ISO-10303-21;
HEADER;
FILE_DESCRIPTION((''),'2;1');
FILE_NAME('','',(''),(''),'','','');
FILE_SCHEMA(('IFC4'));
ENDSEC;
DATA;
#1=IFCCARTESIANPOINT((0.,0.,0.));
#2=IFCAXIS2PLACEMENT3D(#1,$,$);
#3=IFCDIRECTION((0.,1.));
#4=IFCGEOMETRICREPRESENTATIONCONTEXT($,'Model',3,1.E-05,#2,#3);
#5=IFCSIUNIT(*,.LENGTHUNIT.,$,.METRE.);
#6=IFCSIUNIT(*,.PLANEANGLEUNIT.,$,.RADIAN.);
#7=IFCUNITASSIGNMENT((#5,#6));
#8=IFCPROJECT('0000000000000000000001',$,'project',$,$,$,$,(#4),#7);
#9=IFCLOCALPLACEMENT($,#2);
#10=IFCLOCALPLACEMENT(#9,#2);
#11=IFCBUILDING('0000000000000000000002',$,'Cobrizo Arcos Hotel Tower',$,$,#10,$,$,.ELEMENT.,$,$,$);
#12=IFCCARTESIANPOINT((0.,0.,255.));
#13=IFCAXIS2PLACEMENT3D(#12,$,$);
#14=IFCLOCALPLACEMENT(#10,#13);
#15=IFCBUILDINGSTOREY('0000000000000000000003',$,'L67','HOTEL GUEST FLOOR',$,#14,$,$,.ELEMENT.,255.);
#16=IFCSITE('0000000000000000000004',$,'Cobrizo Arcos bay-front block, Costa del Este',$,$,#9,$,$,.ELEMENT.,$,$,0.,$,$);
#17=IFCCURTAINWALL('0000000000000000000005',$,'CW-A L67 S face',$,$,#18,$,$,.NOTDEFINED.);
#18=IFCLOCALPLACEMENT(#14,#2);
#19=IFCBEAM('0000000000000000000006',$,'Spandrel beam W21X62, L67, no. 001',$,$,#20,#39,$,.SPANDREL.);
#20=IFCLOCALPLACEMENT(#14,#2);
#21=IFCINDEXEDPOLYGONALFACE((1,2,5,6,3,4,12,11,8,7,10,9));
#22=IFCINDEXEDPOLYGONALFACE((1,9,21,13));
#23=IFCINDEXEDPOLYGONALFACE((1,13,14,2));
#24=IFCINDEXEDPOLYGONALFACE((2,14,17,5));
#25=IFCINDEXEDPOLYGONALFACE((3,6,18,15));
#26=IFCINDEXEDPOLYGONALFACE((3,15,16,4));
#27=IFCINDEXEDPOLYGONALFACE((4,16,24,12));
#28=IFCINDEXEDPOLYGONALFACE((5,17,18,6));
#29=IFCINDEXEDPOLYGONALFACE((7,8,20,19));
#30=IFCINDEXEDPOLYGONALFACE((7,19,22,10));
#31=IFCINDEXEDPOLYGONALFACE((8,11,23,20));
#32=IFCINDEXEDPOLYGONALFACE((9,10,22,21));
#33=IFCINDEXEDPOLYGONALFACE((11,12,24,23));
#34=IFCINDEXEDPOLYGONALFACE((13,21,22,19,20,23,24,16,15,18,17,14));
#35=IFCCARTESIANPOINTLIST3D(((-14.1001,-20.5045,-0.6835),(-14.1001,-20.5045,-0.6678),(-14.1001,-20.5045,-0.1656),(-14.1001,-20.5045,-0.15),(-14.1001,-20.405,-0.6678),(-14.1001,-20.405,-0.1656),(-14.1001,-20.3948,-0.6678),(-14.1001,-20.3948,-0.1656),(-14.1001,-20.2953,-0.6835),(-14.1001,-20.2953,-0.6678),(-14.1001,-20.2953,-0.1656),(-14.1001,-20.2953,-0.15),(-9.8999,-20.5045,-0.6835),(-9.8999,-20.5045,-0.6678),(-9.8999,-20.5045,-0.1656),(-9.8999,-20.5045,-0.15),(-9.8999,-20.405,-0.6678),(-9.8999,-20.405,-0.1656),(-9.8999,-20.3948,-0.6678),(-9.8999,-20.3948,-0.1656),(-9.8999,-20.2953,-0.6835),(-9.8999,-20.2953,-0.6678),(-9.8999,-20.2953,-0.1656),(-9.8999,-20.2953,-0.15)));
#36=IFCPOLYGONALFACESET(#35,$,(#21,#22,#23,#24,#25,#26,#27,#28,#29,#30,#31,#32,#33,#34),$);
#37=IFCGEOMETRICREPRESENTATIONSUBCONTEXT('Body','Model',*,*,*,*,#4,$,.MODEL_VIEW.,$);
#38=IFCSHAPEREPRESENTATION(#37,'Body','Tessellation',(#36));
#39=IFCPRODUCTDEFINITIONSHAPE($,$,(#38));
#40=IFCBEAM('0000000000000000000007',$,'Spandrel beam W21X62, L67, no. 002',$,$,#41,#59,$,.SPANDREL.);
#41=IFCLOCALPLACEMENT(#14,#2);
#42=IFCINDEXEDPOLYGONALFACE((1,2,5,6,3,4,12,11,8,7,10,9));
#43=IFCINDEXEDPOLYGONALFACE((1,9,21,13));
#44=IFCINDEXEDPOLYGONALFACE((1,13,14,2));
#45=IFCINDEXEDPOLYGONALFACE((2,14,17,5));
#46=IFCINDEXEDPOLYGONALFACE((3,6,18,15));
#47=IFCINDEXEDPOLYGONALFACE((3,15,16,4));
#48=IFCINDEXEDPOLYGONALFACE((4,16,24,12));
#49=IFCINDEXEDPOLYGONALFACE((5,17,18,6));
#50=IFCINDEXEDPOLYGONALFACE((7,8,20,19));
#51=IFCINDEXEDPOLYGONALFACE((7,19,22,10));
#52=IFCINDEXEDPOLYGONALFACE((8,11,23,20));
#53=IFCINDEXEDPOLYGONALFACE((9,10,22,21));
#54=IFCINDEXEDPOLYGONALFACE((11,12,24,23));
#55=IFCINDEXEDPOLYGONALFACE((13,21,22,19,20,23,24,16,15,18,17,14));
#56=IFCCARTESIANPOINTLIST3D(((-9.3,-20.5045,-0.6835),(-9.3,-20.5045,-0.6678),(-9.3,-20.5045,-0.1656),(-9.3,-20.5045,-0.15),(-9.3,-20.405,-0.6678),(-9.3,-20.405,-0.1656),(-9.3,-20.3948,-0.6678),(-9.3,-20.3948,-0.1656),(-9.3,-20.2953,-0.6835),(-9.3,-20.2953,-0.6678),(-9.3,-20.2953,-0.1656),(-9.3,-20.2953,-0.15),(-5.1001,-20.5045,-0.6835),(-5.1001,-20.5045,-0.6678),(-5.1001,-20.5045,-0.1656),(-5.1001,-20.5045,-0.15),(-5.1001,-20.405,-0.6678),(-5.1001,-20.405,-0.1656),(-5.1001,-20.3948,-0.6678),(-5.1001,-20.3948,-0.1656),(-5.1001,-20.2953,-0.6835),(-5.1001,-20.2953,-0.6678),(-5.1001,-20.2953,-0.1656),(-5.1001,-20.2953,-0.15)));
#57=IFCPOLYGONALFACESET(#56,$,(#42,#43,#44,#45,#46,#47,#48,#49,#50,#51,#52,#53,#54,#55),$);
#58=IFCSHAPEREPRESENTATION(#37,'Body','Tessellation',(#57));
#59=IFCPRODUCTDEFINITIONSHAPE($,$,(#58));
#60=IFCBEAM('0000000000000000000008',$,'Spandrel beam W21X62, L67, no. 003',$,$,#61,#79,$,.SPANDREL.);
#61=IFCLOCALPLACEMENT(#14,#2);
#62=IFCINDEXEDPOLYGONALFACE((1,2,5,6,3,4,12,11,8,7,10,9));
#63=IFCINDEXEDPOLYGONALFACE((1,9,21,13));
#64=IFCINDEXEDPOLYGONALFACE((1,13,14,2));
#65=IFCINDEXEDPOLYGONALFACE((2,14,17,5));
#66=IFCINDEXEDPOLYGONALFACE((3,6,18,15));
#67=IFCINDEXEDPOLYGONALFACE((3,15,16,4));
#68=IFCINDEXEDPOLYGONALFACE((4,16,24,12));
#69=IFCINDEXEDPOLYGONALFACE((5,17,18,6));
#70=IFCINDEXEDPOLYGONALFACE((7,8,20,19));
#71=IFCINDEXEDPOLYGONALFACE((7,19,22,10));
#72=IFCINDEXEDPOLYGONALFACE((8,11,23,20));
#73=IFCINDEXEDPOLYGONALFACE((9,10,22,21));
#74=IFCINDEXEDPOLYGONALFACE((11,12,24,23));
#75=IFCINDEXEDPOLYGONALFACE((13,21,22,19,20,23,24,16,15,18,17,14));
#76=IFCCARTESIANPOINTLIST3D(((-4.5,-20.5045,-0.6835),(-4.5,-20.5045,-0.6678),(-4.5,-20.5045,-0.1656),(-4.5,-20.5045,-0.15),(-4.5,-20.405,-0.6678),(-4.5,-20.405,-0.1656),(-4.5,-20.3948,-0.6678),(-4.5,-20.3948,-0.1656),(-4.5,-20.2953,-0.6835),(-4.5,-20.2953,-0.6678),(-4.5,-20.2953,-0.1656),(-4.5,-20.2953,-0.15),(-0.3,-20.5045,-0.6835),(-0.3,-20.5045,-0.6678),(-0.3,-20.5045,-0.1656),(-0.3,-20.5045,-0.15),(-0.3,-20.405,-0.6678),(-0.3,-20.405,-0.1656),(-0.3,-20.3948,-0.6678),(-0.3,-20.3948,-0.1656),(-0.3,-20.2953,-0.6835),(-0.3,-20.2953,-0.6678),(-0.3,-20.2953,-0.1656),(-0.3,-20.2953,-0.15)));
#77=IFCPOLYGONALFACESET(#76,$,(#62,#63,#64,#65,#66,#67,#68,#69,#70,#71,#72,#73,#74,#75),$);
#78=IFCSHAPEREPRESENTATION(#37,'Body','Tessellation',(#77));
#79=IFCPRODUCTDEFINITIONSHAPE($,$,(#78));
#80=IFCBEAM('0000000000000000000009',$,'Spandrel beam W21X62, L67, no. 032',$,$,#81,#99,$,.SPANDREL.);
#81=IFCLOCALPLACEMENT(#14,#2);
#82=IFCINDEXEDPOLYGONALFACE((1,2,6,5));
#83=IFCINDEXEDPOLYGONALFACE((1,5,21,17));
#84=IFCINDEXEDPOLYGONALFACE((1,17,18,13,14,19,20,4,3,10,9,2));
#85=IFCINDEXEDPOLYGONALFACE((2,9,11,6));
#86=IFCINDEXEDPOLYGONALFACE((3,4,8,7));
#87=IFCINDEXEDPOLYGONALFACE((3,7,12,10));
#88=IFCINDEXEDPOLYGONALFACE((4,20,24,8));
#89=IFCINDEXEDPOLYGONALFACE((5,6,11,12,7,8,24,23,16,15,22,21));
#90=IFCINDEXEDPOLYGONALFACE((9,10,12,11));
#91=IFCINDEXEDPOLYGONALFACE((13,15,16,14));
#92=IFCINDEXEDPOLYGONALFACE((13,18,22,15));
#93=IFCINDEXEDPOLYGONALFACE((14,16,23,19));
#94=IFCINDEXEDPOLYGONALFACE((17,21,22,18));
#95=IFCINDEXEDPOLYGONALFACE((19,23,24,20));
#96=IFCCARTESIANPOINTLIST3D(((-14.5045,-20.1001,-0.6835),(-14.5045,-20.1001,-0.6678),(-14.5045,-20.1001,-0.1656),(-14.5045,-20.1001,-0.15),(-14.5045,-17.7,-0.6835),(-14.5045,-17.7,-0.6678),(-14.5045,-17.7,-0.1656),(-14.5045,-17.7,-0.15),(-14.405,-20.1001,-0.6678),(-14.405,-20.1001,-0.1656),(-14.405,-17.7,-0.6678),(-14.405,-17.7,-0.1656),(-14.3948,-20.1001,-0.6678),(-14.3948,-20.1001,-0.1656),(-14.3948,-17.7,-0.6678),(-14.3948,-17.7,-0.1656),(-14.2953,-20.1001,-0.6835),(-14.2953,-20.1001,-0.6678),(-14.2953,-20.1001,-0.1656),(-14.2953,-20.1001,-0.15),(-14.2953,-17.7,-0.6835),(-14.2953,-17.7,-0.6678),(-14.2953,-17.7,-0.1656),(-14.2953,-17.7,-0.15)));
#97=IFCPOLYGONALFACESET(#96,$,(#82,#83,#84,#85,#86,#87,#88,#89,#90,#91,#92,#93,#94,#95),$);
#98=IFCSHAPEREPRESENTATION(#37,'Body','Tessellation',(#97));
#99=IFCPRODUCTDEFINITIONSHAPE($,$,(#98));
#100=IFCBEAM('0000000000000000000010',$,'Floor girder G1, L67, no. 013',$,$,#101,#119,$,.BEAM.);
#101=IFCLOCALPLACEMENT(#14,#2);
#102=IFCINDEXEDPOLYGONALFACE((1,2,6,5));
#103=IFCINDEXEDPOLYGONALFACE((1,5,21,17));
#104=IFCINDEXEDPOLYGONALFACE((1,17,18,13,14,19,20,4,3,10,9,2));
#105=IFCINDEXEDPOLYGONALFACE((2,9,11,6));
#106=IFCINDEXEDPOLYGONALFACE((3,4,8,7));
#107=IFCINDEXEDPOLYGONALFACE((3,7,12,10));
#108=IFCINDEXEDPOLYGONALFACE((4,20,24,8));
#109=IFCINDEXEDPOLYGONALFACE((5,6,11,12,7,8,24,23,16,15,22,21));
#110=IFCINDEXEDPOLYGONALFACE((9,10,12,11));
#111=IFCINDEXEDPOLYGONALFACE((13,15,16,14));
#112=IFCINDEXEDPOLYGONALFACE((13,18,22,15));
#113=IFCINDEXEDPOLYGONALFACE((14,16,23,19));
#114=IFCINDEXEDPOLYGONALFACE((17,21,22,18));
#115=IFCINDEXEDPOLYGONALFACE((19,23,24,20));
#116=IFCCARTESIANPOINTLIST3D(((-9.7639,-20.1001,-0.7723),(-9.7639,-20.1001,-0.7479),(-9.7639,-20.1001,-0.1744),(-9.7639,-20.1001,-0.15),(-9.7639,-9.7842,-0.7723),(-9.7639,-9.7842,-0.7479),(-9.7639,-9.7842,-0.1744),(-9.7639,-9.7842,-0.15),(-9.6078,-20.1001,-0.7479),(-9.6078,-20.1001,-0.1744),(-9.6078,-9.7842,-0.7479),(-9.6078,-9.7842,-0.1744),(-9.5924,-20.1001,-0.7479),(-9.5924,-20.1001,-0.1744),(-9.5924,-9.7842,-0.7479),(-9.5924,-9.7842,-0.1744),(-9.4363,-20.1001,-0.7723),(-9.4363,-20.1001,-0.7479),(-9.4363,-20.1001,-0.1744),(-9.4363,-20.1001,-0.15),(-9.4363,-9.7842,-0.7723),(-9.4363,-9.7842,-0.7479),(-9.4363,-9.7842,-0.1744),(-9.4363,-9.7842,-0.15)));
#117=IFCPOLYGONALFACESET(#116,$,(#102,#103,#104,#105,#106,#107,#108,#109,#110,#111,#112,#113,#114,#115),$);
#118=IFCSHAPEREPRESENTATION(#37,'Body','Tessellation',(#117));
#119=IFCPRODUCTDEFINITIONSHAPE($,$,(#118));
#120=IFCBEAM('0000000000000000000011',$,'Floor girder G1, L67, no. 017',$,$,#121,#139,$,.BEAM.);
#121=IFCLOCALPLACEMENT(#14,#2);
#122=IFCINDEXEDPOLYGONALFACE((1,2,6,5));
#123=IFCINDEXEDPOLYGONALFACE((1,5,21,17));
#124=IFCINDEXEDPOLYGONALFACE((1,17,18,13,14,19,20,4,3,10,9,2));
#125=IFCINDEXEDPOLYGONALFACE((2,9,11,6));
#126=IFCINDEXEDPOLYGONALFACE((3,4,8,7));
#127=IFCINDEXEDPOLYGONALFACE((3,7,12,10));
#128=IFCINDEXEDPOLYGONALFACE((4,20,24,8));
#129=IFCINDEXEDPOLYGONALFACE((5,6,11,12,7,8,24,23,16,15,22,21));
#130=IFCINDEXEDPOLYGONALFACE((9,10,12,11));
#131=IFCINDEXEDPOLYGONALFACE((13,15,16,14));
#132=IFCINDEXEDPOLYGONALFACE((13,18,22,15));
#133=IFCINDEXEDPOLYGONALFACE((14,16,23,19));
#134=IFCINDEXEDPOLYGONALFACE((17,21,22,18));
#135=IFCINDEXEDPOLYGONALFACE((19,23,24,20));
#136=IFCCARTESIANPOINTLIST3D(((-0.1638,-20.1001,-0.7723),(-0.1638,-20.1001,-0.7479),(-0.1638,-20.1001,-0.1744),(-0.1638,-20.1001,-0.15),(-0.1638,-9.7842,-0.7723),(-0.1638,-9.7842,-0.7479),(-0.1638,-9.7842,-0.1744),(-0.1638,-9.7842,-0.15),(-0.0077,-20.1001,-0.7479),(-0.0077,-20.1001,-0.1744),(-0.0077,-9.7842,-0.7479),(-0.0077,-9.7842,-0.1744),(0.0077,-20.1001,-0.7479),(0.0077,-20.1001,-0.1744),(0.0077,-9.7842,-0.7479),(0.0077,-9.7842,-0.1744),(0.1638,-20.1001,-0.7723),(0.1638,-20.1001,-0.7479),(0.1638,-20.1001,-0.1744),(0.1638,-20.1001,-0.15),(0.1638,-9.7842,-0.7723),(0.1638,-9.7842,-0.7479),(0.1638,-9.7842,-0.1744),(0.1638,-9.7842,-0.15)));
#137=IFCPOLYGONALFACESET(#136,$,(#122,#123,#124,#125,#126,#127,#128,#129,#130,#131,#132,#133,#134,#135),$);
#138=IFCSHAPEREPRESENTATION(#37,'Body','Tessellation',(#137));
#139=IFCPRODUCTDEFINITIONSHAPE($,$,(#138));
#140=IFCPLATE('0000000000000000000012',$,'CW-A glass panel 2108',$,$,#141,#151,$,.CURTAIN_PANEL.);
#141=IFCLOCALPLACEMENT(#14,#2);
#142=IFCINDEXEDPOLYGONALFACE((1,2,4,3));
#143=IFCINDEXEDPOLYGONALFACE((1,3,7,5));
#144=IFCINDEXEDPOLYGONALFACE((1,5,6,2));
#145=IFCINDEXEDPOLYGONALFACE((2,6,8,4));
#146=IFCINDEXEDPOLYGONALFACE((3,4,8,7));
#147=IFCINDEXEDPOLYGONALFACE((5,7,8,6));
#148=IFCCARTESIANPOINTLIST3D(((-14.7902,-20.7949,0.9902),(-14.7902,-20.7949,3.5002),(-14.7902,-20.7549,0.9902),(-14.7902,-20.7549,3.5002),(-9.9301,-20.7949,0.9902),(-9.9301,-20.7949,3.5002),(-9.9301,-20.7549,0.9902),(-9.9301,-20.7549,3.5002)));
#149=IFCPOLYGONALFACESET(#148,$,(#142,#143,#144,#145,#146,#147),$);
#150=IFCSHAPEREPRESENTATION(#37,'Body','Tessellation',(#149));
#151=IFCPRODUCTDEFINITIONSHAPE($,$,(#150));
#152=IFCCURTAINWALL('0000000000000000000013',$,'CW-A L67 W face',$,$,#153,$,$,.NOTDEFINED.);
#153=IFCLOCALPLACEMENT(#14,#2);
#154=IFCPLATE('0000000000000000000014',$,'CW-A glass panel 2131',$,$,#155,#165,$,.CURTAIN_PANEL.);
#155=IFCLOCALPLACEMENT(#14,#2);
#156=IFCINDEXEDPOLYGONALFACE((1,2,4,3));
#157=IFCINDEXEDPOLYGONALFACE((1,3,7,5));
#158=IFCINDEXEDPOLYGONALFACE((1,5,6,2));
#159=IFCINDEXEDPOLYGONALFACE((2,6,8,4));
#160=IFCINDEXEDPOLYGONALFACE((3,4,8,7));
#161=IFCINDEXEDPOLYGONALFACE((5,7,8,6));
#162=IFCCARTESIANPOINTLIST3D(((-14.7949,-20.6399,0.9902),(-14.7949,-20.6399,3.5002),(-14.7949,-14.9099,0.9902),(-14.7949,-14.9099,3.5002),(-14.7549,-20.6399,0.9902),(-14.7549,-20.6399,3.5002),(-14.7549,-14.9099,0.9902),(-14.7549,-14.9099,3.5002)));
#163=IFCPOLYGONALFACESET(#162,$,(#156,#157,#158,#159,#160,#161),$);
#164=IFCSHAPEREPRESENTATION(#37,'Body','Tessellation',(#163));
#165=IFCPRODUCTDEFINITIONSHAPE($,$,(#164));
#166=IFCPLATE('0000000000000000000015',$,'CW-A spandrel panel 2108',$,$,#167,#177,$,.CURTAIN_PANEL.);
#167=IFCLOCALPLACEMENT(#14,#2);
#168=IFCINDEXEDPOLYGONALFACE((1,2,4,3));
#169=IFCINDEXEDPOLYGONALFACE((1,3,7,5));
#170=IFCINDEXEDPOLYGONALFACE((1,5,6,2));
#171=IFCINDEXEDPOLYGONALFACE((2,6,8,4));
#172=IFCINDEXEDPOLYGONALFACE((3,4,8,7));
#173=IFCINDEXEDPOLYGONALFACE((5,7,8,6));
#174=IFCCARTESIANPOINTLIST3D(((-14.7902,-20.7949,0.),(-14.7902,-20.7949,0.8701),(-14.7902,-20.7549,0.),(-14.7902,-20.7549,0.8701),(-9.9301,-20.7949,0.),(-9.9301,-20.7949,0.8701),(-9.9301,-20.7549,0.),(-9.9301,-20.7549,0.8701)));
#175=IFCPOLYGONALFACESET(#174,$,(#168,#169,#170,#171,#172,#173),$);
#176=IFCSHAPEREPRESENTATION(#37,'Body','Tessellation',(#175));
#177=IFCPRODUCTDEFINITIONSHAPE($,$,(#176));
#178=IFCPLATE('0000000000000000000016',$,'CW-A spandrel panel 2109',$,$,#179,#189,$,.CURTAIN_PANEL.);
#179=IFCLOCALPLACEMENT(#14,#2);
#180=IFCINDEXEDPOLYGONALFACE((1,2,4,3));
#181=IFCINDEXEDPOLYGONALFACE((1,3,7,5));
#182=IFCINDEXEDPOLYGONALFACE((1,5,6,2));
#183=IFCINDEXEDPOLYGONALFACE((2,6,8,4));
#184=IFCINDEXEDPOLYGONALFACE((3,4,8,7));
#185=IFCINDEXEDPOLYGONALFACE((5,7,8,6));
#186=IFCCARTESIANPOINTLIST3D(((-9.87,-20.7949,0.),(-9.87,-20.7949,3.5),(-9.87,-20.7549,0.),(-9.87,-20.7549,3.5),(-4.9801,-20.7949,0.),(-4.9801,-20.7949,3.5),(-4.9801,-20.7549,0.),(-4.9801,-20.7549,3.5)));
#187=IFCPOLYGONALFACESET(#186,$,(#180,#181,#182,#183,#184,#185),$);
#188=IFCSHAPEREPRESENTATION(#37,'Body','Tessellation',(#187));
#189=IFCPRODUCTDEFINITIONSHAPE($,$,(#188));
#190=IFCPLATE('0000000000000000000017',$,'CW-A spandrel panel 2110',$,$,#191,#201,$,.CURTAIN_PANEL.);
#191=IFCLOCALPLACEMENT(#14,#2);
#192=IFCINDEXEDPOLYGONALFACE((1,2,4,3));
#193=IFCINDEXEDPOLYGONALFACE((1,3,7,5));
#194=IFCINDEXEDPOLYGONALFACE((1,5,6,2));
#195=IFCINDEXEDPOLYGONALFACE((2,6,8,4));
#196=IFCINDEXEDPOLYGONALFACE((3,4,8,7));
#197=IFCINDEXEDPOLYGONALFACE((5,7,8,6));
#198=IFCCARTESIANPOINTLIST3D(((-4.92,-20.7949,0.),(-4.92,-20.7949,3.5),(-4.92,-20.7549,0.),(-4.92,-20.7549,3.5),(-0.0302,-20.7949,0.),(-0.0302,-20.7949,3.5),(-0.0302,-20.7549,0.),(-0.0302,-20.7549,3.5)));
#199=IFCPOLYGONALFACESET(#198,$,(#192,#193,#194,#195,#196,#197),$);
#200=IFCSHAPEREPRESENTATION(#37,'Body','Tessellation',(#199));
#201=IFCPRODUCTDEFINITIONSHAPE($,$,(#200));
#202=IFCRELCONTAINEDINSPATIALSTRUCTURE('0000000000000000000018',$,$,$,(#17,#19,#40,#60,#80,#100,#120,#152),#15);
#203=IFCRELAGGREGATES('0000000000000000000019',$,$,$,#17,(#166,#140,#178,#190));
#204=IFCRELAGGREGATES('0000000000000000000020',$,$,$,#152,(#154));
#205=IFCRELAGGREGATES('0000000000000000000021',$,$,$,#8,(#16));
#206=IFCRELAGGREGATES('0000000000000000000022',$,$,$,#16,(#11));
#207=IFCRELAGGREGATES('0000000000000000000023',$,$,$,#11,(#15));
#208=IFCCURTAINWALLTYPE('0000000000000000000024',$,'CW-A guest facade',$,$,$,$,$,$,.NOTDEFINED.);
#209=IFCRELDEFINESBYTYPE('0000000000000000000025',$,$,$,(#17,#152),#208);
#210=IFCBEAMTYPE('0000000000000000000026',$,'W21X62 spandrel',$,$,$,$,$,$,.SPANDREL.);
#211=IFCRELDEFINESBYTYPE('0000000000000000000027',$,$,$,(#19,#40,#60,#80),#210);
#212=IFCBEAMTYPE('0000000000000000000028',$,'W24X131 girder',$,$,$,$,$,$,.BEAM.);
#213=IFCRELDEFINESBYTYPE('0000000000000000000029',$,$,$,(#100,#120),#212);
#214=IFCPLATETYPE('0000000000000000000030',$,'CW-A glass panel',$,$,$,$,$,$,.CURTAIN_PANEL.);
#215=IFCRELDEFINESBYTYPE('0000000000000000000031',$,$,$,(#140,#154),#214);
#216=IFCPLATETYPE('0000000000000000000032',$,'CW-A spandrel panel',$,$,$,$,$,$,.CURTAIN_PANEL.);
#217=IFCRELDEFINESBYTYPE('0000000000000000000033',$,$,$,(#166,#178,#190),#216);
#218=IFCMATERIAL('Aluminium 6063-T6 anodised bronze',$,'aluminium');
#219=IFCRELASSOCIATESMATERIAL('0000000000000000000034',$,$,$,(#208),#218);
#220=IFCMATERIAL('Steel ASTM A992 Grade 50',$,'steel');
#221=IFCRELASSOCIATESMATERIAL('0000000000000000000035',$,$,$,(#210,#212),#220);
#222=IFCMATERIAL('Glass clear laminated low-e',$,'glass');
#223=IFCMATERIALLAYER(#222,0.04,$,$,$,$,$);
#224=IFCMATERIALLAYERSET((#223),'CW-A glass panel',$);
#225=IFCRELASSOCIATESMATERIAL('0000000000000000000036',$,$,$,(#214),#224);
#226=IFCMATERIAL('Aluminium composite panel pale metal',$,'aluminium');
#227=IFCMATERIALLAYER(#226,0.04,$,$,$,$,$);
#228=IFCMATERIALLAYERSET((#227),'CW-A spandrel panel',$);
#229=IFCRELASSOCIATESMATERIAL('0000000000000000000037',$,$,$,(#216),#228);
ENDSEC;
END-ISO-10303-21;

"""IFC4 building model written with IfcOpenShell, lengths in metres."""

from ifc_helpers import new_model, si_unit, direction, frame, origin, origin_2d, place, context, subcontext, project, spatial, rectangle, i_section, extrude, material, layer, layer_set, material_profile, profile_set, type_object, element, aggregate, save


model = new_model("IFC4")

# Units and contexts
model_context = context("Model", 3, precision=1e-05, world=origin(), true_north=direction((0.0, 1.0)))
body_context = subcontext(model_context, "Body", "Model", "MODEL_VIEW")
ifc_project = project(units=[si_unit("LENGTHUNIT", "METRE"), si_unit("PLANEANGLEUNIT", "RADIAN")], contexts=[model_context])

# Site, building, storey
site_placement = place(None, origin())
site = spatial("IfcSite", under=ifc_project, at=site_placement, Name="Cobrizo Arcos bay-front block, Costa del Este", CompositionType="ELEMENT", RefElevation=0.0)
building_placement = place(site_placement, origin())
building = spatial("IfcBuilding", under=site, at=building_placement, Name="Cobrizo Arcos Hotel Tower", CompositionType="ELEMENT")
storey_placement = place(building_placement, frame((0.0, 0.0, 255.0)))
storey = spatial("IfcBuildingStorey", under=building, at=storey_placement, Name="L67", Description="HOTEL GUEST FLOOR", CompositionType="ELEMENT", Elevation=255.0)

# Curtain wall
ifc_material_1 = material(Name="Aluminium 6063-T6 anodised bronze", Category="aluminium")
curtain_wall_type = type_object("IfcCurtainWallType", Name="CW-A guest facade", PredefinedType="NOTDEFINED", material=ifc_material_1)
curtain_wall_1_placement = place(storey_placement, origin())
curtain_wall_1 = element("IfcCurtainWall", 1, at=curtain_wall_1_placement, inside=storey, type_object=curtain_wall_type, Name="CW-A L67 S face", PredefinedType="NOTDEFINED")

# Beams
ifc_material_2 = material(Name="Steel ASTM A992 Grade 50", Category="steel")
ifc_material_profile_1 = material_profile(ifc_material_2, i_section(OverallWidth=0.2092, OverallDepth=0.5334, WebThickness=0.0103, FlangeThickness=0.0156, at=origin_2d()), Name="W21X62")
ifc_profile_set_1 = profile_set([ifc_material_profile_1], Name="Steel ASTM A992 Grade 50")
beam_type_1 = type_object("IfcBeamType", Name="W21X62 spandrel", PredefinedType="SPANDREL", material=ifc_profile_set_1)
beam_1_placement = place(storey_placement, frame((-14.1001, -20.3999, -0.4167), z_axis=(1.0, 0.0, 0.0), x_axis=(0.0, 1.0, 0.0)))
element("IfcBeam", 2, at=beam_1_placement, inside=storey, type_object=beam_type_1, Name="Spandrel beam W21X62, L67, no. 001", PredefinedType="SPANDREL", context=body_context, shape_type="SweptSolid", body=[
    extrude(i_section(OverallWidth=0.2092, OverallDepth=0.5334, WebThickness=0.0103, FlangeThickness=0.0156, at=origin_2d()), origin(), (0.0, 0.0, 1.0), 4.2002),
])
for number, where, z_axis, x_axis, name in (
    (3, (-9.3, -20.3999, -0.4167), (1.0, 0.0, 0.0), (0.0, 1.0, 0.0), "Spandrel beam W21X62, L67, no. 002"),
    (4, (-4.5, -20.3999, -0.4167), (1.0, 0.0, 0.0), (0.0, 1.0, 0.0), "Spandrel beam W21X62, L67, no. 003"),
):
    element("IfcBeam", number, at=place(storey_placement, frame(where, z_axis=z_axis, x_axis=x_axis)), inside=storey, type_object=beam_type_1, Name=name, PredefinedType="SPANDREL", context=body_context, shape_type="SweptSolid", body=[
        extrude(i_section(OverallWidth=0.2092, OverallDepth=0.5334, WebThickness=0.0103, FlangeThickness=0.0156, at=origin_2d()), origin(), (0.0, 0.0, 1.0), 4.2),
    ])
beam_2_placement = place(storey_placement, frame((-14.3999, -17.7, -0.4167), z_axis=(0.0, -1.0, 0.0), x_axis=(1.0, 0.0, 0.0)))
element("IfcBeam", 5, at=beam_2_placement, inside=storey, type_object=beam_type_1, Name="Spandrel beam W21X62, L67, no. 032", PredefinedType="SPANDREL", context=body_context, shape_type="SweptSolid", body=[
    extrude(i_section(OverallWidth=0.2092, OverallDepth=0.5334, WebThickness=0.0103, FlangeThickness=0.0156, at=origin_2d()), origin(), (0.0, 0.0, 1.0), 2.4001),
])
ifc_material_profile_2 = material_profile(ifc_material_2, i_section(OverallWidth=0.3276, OverallDepth=0.6223, WebThickness=0.0154, FlangeThickness=0.0244, at=origin_2d()), Name="W24X131")
ifc_profile_set_2 = profile_set([ifc_material_profile_2], Name="Steel ASTM A992 Grade 50")
beam_type_2 = type_object("IfcBeamType", Name="W24X131 girder", PredefinedType="BEAM", material=ifc_profile_set_2)
for number, where, z_axis, x_axis, name in (
    (6, (-9.6001, -20.1001, -0.4612), (0.0, 1.0, 0.0), (-1.0, 0.0, 0.0), "Floor girder G1, L67, no. 013"),
    (7, (0.0, -20.1001, -0.4612), (0.0, 1.0, 0.0), (-1.0, 0.0, 0.0), "Floor girder G1, L67, no. 017"),
):
    element("IfcBeam", number, at=place(storey_placement, frame(where, z_axis=z_axis, x_axis=x_axis)), inside=storey, type_object=beam_type_2, Name=name, PredefinedType="BEAM", context=body_context, shape_type="SweptSolid", body=[
        extrude(i_section(OverallWidth=0.3276, OverallDepth=0.6223, WebThickness=0.0154, FlangeThickness=0.0244, at=origin_2d()), origin(), (0.0, 0.0, 1.0), 10.3159),
    ])

# Plate
ifc_material_3 = material(Name="Glass clear laminated low-e", Category="glass")
ifc_layer_1 = layer(ifc_material_3, 0.04)
ifc_layer_set_1 = layer_set([ifc_layer_1], Name="CW-A glass panel")
plate_type_1 = type_object("IfcPlateType", Name="CW-A glass panel", PredefinedType="CURTAIN_PANEL", material=ifc_layer_set_1)
plate_1_placement = place(storey_placement, frame((-12.3601, -20.7749, 0.9902), z_axis=(0.0, 0.0, 1.0), x_axis=(1.0, 0.0, 0.0)))
plate_1 = element("IfcPlate", 8, at=plate_1_placement, type_object=plate_type_1, Name="CW-A glass panel 2108", PredefinedType="CURTAIN_PANEL", context=body_context, shape_type="SweptSolid", body=[
    extrude(rectangle(XDim=4.8601, YDim=0.04, at=origin_2d()), origin(), (0.0, 0.0, 1.0), 2.51),
])

# Curtain wall, plate
curtain_wall_2_placement = place(storey_placement, origin())
curtain_wall_2 = element("IfcCurtainWall", 9, at=curtain_wall_2_placement, inside=storey, type_object=curtain_wall_type, Name="CW-A L67 W face", PredefinedType="NOTDEFINED")
plate_2_placement = place(storey_placement, frame((-14.7749, -17.7749, 0.9902), z_axis=(0.0, 0.0, 1.0), x_axis=(0.0, -1.0, 0.0)))
plate_2 = element("IfcPlate", 10, at=plate_2_placement, type_object=plate_type_1, Name="CW-A glass panel 2131", PredefinedType="CURTAIN_PANEL", context=body_context, shape_type="SweptSolid", body=[
    extrude(rectangle(XDim=5.73, YDim=0.04, at=origin_2d()), origin(), (0.0, 0.0, 1.0), 2.51),
])

# Plates
ifc_material_4 = material(Name="Aluminium composite panel pale metal", Category="aluminium")
ifc_layer_2 = layer(ifc_material_4, 0.04)
ifc_layer_set_2 = layer_set([ifc_layer_2], Name="CW-A spandrel panel")
plate_type_2 = type_object("IfcPlateType", Name="CW-A spandrel panel", PredefinedType="CURTAIN_PANEL", material=ifc_layer_set_2)
plate_3_placement = place(storey_placement, frame((-12.3601, -20.7749, 0.0), z_axis=(0.0, 0.0, 1.0), x_axis=(1.0, 0.0, 0.0)))
plate_3 = element("IfcPlate", 11, at=plate_3_placement, type_object=plate_type_2, Name="CW-A spandrel panel 2108", PredefinedType="CURTAIN_PANEL", context=body_context, shape_type="SweptSolid", body=[
    extrude(rectangle(XDim=4.8601, YDim=0.04, at=origin_2d()), origin(), (0.0, 0.0, 1.0), 0.8701),
])
plate_4_placement = place(storey_placement, frame((-7.425, -20.7749, 0.0), z_axis=(0.0, 0.0, 1.0), x_axis=(1.0, 0.0, 0.0)))
plate_4 = element("IfcPlate", 12, at=plate_4_placement, type_object=plate_type_2, Name="CW-A spandrel panel 2109", PredefinedType="CURTAIN_PANEL", context=body_context, shape_type="SweptSolid", body=[
    extrude(rectangle(XDim=4.8899, YDim=0.04, at=origin_2d()), origin(), (0.0, 0.0, 1.0), 3.5),
])
plate_5_placement = place(storey_placement, frame((-2.4751, -20.7749, 0.0), z_axis=(0.0, 0.0, 1.0), x_axis=(1.0, 0.0, 0.0)))
plate_5 = element("IfcPlate", 13, at=plate_5_placement, type_object=plate_type_2, Name="CW-A spandrel panel 2110", PredefinedType="CURTAIN_PANEL", context=body_context, shape_type="SweptSolid", body=[
    extrude(rectangle(XDim=4.8899, YDim=0.04, at=origin_2d()), origin(), (0.0, 0.0, 1.0), 3.5),
])
aggregate(curtain_wall_1, [plate_3, plate_1, plate_4, plate_5])
aggregate(curtain_wall_2, [plate_2])

save(model, "model.ifc")
